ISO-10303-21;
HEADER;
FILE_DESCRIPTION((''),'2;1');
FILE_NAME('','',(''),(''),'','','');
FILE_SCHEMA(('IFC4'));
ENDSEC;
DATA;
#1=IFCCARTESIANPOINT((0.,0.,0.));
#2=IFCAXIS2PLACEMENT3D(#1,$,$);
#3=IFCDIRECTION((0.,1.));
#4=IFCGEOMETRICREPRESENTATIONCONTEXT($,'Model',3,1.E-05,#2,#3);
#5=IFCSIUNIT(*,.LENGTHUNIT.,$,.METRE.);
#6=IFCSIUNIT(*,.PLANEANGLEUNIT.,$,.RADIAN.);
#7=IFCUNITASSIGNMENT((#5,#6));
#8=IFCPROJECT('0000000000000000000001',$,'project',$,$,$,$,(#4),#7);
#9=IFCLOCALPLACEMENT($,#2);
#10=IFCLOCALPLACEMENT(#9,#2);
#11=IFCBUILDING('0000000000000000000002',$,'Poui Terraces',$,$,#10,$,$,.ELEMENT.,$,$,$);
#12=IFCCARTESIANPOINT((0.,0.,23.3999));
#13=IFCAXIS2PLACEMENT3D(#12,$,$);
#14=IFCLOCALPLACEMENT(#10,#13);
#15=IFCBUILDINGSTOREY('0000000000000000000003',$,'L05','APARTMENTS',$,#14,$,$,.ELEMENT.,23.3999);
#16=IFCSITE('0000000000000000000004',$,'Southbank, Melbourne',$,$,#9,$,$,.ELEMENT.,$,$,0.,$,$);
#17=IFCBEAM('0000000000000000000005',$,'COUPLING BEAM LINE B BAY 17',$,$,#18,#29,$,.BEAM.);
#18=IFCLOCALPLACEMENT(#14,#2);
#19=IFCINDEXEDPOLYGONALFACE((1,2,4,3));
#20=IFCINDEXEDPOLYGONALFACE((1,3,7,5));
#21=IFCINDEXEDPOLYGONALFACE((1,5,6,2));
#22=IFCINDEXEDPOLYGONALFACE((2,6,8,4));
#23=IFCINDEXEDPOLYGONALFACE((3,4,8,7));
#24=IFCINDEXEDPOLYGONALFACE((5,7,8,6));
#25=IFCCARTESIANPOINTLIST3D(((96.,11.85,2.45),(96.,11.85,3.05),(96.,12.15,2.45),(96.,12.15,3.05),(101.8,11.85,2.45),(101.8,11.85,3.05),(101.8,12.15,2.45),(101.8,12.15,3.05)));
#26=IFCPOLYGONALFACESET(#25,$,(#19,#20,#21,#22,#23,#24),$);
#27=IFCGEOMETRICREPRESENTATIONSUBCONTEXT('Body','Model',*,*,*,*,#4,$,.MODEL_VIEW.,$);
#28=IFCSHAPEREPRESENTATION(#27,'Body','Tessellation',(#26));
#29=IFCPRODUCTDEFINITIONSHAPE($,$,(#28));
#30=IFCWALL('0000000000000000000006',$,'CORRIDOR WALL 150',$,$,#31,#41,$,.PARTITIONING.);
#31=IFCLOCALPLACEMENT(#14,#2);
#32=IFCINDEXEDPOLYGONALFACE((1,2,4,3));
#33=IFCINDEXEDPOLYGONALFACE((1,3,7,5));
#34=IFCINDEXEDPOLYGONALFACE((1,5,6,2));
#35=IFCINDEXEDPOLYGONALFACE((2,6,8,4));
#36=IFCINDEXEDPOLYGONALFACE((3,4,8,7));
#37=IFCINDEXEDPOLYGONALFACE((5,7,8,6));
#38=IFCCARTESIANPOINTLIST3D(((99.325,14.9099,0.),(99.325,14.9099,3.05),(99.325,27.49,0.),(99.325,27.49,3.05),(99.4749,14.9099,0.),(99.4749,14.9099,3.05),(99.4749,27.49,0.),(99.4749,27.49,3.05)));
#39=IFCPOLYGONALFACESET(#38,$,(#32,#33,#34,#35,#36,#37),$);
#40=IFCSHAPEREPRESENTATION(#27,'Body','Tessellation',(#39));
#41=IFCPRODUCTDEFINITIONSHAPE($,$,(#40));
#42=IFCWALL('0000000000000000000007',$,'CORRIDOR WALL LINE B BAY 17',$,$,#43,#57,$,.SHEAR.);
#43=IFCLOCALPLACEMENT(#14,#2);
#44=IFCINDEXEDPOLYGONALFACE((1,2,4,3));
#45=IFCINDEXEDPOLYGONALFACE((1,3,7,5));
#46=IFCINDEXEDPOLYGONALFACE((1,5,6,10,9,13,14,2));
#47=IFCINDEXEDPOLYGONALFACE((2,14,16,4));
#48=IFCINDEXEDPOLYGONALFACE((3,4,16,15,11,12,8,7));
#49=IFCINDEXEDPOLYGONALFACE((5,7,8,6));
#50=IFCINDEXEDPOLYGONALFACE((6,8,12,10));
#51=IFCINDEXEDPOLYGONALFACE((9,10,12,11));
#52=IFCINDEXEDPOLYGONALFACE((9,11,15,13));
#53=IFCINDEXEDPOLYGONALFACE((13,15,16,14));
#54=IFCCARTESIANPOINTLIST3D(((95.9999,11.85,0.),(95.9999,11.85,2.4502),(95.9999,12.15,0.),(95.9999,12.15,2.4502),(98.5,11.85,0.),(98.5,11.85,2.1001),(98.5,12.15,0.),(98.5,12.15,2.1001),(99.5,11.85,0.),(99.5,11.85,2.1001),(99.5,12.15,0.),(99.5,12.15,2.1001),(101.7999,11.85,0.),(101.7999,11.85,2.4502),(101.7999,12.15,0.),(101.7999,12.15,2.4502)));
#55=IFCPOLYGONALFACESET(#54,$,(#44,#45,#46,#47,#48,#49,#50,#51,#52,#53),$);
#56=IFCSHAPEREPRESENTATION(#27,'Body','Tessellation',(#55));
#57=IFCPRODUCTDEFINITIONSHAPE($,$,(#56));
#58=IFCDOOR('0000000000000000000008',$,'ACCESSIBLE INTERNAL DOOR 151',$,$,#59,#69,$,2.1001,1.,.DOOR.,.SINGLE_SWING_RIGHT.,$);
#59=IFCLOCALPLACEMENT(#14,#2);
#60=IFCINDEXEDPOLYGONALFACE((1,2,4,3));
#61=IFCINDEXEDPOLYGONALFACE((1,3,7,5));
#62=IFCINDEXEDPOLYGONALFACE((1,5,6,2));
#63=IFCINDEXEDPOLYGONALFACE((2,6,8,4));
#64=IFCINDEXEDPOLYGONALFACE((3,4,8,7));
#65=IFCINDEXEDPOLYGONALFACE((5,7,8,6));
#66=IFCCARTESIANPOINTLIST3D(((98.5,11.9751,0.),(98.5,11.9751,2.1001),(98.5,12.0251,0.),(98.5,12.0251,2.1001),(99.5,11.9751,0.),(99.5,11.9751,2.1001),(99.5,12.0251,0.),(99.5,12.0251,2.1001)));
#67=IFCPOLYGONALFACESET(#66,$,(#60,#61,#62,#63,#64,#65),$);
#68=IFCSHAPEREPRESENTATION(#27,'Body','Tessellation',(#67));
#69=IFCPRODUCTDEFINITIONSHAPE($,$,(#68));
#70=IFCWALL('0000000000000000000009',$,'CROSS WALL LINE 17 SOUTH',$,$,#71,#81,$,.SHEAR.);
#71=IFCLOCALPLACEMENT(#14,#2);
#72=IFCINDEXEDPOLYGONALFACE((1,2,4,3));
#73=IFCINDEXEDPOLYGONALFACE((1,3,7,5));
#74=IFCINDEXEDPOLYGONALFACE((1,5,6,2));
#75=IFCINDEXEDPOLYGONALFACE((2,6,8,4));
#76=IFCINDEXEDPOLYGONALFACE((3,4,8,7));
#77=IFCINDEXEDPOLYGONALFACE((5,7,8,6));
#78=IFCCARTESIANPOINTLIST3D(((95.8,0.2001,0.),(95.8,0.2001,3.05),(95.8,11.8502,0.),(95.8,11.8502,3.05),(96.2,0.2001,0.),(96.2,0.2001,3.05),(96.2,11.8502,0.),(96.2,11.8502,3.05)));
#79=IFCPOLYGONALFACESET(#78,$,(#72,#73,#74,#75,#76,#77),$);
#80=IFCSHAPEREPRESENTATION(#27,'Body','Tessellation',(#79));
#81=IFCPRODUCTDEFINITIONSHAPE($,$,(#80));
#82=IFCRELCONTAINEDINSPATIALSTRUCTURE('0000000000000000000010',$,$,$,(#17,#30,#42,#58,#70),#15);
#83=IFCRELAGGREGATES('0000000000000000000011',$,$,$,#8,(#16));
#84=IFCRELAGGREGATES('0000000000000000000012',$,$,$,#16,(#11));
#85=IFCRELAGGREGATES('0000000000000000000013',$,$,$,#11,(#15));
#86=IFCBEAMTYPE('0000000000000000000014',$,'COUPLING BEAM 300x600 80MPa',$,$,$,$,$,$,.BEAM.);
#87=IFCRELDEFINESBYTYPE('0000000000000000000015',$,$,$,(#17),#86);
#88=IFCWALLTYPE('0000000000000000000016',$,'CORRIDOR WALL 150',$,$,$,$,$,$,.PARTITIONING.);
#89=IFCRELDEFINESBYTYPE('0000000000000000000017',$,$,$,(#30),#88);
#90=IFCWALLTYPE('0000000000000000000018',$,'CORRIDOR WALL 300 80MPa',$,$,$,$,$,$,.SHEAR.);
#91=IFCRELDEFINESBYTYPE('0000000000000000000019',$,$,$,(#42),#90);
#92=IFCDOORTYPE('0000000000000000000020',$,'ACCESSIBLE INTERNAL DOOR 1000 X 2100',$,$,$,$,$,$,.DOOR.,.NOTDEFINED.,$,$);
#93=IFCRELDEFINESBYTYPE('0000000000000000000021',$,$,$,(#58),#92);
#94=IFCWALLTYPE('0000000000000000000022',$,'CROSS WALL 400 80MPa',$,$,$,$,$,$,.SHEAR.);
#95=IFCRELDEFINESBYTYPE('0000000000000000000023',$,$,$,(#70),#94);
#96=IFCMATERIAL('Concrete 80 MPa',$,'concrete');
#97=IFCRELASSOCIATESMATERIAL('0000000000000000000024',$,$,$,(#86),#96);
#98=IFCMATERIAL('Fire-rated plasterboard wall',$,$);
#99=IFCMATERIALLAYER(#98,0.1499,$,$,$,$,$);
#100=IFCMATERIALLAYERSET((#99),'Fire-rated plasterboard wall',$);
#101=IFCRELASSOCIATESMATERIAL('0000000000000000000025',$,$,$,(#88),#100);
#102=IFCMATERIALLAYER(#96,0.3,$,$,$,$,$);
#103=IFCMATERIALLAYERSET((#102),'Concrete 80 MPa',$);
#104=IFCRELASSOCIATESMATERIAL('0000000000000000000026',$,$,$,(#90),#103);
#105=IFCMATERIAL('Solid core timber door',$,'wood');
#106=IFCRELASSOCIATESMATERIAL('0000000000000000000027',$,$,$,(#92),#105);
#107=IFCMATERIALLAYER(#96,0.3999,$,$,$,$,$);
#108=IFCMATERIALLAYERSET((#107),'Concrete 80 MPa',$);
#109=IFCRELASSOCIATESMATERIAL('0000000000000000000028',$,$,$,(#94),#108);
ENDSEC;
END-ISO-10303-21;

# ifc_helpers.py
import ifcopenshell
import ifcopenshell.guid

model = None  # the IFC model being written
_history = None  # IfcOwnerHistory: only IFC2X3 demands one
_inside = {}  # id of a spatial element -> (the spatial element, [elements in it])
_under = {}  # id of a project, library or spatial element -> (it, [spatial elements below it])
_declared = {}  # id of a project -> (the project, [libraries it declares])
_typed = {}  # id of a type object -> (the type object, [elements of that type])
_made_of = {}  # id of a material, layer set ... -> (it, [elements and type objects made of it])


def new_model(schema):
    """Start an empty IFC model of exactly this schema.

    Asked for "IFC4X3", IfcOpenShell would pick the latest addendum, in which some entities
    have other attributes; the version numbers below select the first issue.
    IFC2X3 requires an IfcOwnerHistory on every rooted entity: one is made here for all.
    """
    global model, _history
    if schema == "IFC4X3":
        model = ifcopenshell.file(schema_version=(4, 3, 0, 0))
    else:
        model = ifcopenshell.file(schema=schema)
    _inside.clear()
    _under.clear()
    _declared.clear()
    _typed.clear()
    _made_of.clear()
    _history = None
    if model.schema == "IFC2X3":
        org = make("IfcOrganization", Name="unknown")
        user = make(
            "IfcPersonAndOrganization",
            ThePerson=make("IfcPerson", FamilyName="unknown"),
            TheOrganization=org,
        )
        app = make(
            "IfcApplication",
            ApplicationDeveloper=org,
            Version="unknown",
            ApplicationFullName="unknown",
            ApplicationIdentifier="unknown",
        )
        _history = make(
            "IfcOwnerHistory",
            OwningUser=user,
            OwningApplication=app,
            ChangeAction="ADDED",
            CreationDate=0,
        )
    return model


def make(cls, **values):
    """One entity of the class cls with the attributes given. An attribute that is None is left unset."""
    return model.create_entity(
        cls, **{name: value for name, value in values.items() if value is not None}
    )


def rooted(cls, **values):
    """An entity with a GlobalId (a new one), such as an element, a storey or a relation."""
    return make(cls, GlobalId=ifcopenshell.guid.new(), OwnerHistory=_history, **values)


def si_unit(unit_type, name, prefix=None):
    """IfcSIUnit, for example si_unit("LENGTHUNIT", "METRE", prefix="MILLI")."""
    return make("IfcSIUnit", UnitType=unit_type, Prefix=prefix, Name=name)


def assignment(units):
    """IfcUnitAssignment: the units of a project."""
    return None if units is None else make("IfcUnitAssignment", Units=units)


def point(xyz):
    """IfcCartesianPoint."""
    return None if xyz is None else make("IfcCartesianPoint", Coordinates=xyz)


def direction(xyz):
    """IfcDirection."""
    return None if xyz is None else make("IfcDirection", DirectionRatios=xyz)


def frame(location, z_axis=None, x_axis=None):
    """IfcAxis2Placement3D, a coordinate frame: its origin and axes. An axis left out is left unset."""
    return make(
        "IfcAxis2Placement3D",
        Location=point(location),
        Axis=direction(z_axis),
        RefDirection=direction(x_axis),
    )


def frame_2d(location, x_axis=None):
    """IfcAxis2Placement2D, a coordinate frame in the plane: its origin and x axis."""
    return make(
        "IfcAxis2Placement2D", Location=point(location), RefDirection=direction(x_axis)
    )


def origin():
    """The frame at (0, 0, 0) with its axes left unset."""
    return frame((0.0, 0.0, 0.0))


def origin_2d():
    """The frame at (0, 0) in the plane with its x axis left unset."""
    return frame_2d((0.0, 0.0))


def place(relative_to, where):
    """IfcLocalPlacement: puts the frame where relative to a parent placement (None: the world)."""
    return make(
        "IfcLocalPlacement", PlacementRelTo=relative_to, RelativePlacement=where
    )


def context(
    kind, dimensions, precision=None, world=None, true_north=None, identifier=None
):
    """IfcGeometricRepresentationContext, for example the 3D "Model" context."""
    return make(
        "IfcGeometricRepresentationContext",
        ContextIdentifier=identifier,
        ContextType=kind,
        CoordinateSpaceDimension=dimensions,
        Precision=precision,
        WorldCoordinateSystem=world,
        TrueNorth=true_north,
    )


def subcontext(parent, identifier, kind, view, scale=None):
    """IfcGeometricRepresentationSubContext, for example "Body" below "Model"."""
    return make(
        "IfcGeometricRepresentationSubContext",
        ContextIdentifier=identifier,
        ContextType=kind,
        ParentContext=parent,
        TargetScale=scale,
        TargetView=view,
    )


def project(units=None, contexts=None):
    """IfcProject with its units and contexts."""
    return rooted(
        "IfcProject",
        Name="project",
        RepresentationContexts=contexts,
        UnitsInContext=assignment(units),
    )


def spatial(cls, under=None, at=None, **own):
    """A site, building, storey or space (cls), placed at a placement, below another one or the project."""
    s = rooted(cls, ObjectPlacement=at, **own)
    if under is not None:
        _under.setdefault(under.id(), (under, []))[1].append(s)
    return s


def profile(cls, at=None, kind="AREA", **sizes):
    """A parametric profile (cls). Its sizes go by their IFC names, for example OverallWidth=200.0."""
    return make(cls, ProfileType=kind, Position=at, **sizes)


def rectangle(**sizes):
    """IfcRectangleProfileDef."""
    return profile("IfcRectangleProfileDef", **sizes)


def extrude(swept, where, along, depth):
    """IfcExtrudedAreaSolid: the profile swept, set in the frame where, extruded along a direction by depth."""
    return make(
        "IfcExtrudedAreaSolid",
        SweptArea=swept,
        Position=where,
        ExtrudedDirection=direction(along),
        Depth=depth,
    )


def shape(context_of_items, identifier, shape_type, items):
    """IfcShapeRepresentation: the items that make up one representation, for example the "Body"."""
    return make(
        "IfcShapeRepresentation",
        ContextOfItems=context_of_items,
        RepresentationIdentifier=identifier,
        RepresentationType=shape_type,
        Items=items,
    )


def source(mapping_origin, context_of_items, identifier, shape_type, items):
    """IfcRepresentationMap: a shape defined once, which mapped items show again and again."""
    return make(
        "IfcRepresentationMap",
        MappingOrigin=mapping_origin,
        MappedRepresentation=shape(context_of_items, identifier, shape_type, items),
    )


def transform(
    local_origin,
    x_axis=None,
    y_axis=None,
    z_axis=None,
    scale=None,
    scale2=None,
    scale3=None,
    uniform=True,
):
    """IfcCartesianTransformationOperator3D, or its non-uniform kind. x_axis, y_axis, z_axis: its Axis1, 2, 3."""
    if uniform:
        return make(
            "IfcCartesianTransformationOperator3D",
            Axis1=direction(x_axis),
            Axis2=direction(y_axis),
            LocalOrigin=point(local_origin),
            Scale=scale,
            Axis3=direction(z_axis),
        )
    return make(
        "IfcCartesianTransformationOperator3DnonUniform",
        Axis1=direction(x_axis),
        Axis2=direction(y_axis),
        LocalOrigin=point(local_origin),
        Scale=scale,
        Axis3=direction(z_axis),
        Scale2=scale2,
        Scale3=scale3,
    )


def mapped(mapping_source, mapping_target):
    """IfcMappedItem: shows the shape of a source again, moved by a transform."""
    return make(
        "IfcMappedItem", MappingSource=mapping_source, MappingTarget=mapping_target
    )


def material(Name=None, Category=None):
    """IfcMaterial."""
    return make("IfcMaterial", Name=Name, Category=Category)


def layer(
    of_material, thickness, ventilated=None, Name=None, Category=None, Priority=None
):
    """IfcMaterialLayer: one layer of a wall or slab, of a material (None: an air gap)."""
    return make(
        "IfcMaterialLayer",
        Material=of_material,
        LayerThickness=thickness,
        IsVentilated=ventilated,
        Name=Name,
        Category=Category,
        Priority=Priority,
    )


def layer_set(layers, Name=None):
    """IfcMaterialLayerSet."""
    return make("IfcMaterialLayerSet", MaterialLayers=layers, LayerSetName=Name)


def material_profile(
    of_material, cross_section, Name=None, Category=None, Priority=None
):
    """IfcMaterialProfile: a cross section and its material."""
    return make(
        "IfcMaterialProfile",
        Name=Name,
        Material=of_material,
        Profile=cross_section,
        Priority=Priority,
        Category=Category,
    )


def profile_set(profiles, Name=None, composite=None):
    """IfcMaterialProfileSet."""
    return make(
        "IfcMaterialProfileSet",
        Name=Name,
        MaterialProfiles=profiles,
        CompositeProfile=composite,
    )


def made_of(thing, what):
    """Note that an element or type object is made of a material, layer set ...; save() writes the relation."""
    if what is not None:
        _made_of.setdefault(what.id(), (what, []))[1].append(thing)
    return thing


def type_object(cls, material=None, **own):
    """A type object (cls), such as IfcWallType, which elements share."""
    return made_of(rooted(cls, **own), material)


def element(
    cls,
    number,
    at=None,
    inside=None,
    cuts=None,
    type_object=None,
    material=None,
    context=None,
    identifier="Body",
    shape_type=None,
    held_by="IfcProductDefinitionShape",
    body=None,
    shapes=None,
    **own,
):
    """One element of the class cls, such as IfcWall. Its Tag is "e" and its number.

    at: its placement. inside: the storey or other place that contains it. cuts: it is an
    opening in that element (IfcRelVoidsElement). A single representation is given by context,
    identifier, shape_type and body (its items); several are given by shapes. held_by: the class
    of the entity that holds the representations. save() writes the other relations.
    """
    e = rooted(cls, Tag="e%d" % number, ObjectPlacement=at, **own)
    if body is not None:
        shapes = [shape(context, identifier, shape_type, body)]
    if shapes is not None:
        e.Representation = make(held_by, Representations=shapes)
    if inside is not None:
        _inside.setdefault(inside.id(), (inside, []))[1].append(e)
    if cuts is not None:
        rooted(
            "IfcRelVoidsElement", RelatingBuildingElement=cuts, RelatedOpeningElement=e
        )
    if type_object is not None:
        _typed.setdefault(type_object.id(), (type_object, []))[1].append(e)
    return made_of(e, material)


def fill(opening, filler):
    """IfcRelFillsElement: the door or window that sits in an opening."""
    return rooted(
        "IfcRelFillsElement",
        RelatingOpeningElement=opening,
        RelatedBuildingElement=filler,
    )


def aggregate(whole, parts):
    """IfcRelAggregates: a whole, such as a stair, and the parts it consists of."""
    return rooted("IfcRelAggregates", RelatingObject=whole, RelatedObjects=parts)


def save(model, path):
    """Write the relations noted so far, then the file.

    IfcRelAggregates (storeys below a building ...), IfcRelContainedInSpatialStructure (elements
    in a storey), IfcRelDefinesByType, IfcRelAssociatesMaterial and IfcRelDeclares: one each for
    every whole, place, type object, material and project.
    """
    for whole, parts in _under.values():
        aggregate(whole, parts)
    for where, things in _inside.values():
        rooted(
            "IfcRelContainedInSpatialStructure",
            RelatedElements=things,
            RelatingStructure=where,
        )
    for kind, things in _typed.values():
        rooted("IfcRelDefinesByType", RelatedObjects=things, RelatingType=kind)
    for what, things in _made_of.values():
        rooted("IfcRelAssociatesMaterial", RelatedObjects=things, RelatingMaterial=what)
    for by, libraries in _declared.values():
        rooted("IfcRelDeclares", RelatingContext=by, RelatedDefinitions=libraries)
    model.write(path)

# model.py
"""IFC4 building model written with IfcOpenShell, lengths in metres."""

from ifc_helpers import new_model, si_unit, direction, frame, frame_2d, origin, origin_2d, place, context, subcontext, project, spatial, rectangle, extrude, source, transform, mapped, material, layer, layer_set, material_profile, profile_set, type_object, element, fill, save


model = new_model("IFC4")

# Units and contexts
model_context = context("Model", 3, precision=1e-05, world=origin(), true_north=direction((0.0, 1.0)))
body_context = subcontext(model_context, "Body", "Model", "MODEL_VIEW")
ifc_project = project(units=[si_unit("LENGTHUNIT", "METRE"), si_unit("PLANEANGLEUNIT", "RADIAN")], contexts=[model_context])

# Site, building, storey
site_placement = place(None, origin())
site = spatial("IfcSite", under=ifc_project, at=site_placement, Name="Southbank, Melbourne", CompositionType="ELEMENT", RefElevation=0.0)
building_placement = place(site_placement, origin())
building = spatial("IfcBuilding", under=site, at=building_placement, Name="Poui Terraces", CompositionType="ELEMENT")
storey_placement = place(building_placement, frame((0.0, 0.0, 23.3999)))
storey = spatial("IfcBuildingStorey", under=building, at=storey_placement, Name="L05", Description="APARTMENTS", CompositionType="ELEMENT", Elevation=23.3999)

# Beam
ifc_material_1 = material(Name="Concrete 80 MPa", Category="concrete")
ifc_material_profile = material_profile(ifc_material_1, rectangle(XDim=0.3, YDim=0.6001, at=origin_2d()), Name="RC 300x600")
ifc_profile_set = profile_set([ifc_material_profile], Name="Concrete 80 MPa")
beam_type = type_object("IfcBeamType", Name="COUPLING BEAM 300x600 80MPa", PredefinedType="BEAM", material=ifc_profile_set)
shared_shape_1 = source(origin(), body_context, "Body", "SweptSolid", [
    extrude(rectangle(XDim=0.3, YDim=0.6001, at=origin_2d()), origin(), (0.0, 0.0, 1.0), 5.8),
])
beam_placement = place(storey_placement, frame((96.0, 12.0, 2.75), z_axis=(1.0, 0.0, 0.0), x_axis=(0.0, 1.0, 0.0)))
element("IfcBeam", 1, at=beam_placement, inside=storey, type_object=beam_type, Name="COUPLING BEAM LINE B BAY 17", PredefinedType="BEAM", context=body_context, shape_type="MappedRepresentation", body=[
    mapped(shared_shape_1, transform((0.0, 0.0, 0.0))),
])

# Wall
ifc_material_2 = material(Name="Fire-rated plasterboard wall")
ifc_layer_1 = layer(ifc_material_2, 0.1499)
ifc_layer_set_1 = layer_set([ifc_layer_1], Name="Fire-rated plasterboard wall")
wall_type_1 = type_object("IfcWallType", Name="CORRIDOR WALL 150", PredefinedType="PARTITIONING", material=ifc_layer_set_1)
wall_1_placement = place(storey_placement, frame((99.3999, 14.9099, 0.0), z_axis=(0.0, 0.0, 1.0), x_axis=(0.0, 1.0, 0.0)))
element("IfcWall", 2, at=wall_1_placement, inside=storey, type_object=wall_type_1, Name="CORRIDOR WALL 150", PredefinedType="PARTITIONING", context=body_context, shape_type="SweptSolid", body=[
    extrude(rectangle(XDim=12.5801, YDim=0.1499, at=frame_2d((6.29, 0.0))), origin(), (0.0, 0.0, 1.0), 3.05),
])

# Wall, opening, door
ifc_layer_2 = layer(ifc_material_1, 0.3)
ifc_layer_set_2 = layer_set([ifc_layer_2], Name="Concrete 80 MPa")
wall_type_2 = type_object("IfcWallType", Name="CORRIDOR WALL 300 80MPa", PredefinedType="SHEAR", material=ifc_layer_set_2)
wall_2_placement = place(storey_placement, frame((96.0, 12.0, 0.0), z_axis=(0.0, 0.0, 1.0), x_axis=(1.0, 0.0, 0.0)))
wall_2 = element("IfcWall", 3, at=wall_2_placement, inside=storey, type_object=wall_type_2, Name="CORRIDOR WALL LINE B BAY 17", PredefinedType="SHEAR", context=body_context, shape_type="SweptSolid", body=[
    extrude(rectangle(XDim=5.8, YDim=0.3, at=frame_2d((2.8999, 0.0))), origin(), (0.0, 0.0, 1.0), 2.4502),
])
opening_1_placement = place(wall_2_placement, frame((2.5, 0.0, 0.0)))
opening_1 = element("IfcOpeningElement", 4, at=opening_1_placement, cuts=wall_2, PredefinedType="OPENING", context=body_context, shape_type="SweptSolid", body=[
    extrude(rectangle(XDim=1.0, YDim=2.1001, at=frame_2d((0.5, 1.05))), frame((0.0, 0.1602, 0.0), z_axis=(0.0, -1.0, 0.0), x_axis=(1.0, 0.0, 0.0)), (0.0, 0.0, 1.0), 0.3201),
])
ifc_material_3 = material(Name="Solid core timber door", Category="wood")
door_type_1 = type_object("IfcDoorType", Name="ACCESSIBLE INTERNAL DOOR 1000 X 2100", OperationType="NOTDEFINED", PredefinedType="DOOR", material=ifc_material_3)
door_1_placement = place(opening_1_placement, frame((1.0, 0.0, 0.0), z_axis=(0.0, 0.0, 1.0), x_axis=(-1.0, 0.0, 0.0)))
door_1 = element("IfcDoor", 5, at=door_1_placement, inside=storey, type_object=door_type_1, Name="ACCESSIBLE INTERNAL DOOR 151", OperationType="SINGLE_SWING_RIGHT", OverallHeight=2.1001, OverallWidth=1.0, PredefinedType="DOOR", context=body_context, shape_type="SweptSolid", body=[
    extrude(rectangle(XDim=1.0, YDim=2.1001, at=frame_2d((0.5, 1.05))), frame((0.0, 0.0249, 0.0), z_axis=(0.0, -1.0, 0.0), x_axis=(1.0, 0.0, 0.0)), (0.0, 0.0, 1.0), 0.05),
])
fill(opening_1, door_1)

# Wall
ifc_layer_3 = layer(ifc_material_1, 0.3999)
ifc_layer_set_3 = layer_set([ifc_layer_3], Name="Concrete 80 MPa")
wall_type_3 = type_object("IfcWallType", Name="CROSS WALL 400 80MPa", PredefinedType="SHEAR", material=ifc_layer_set_3)
wall_3_placement = place(storey_placement, frame((96.0, 0.2, 0.0), z_axis=(0.0, 0.0, 1.0), x_axis=(0.0, 1.0, 0.0)))
element("IfcWall", 6, at=wall_3_placement, inside=storey, type_object=wall_type_3, Name="CROSS WALL LINE 17 SOUTH", PredefinedType="SHEAR", context=body_context, shape_type="SweptSolid", body=[
    extrude(rectangle(XDim=11.6501, YDim=0.3999, at=frame_2d((5.8252, 0.0))), origin(), (0.0, 0.0, 1.0), 3.05),
])

save(model, "model.ifc")
